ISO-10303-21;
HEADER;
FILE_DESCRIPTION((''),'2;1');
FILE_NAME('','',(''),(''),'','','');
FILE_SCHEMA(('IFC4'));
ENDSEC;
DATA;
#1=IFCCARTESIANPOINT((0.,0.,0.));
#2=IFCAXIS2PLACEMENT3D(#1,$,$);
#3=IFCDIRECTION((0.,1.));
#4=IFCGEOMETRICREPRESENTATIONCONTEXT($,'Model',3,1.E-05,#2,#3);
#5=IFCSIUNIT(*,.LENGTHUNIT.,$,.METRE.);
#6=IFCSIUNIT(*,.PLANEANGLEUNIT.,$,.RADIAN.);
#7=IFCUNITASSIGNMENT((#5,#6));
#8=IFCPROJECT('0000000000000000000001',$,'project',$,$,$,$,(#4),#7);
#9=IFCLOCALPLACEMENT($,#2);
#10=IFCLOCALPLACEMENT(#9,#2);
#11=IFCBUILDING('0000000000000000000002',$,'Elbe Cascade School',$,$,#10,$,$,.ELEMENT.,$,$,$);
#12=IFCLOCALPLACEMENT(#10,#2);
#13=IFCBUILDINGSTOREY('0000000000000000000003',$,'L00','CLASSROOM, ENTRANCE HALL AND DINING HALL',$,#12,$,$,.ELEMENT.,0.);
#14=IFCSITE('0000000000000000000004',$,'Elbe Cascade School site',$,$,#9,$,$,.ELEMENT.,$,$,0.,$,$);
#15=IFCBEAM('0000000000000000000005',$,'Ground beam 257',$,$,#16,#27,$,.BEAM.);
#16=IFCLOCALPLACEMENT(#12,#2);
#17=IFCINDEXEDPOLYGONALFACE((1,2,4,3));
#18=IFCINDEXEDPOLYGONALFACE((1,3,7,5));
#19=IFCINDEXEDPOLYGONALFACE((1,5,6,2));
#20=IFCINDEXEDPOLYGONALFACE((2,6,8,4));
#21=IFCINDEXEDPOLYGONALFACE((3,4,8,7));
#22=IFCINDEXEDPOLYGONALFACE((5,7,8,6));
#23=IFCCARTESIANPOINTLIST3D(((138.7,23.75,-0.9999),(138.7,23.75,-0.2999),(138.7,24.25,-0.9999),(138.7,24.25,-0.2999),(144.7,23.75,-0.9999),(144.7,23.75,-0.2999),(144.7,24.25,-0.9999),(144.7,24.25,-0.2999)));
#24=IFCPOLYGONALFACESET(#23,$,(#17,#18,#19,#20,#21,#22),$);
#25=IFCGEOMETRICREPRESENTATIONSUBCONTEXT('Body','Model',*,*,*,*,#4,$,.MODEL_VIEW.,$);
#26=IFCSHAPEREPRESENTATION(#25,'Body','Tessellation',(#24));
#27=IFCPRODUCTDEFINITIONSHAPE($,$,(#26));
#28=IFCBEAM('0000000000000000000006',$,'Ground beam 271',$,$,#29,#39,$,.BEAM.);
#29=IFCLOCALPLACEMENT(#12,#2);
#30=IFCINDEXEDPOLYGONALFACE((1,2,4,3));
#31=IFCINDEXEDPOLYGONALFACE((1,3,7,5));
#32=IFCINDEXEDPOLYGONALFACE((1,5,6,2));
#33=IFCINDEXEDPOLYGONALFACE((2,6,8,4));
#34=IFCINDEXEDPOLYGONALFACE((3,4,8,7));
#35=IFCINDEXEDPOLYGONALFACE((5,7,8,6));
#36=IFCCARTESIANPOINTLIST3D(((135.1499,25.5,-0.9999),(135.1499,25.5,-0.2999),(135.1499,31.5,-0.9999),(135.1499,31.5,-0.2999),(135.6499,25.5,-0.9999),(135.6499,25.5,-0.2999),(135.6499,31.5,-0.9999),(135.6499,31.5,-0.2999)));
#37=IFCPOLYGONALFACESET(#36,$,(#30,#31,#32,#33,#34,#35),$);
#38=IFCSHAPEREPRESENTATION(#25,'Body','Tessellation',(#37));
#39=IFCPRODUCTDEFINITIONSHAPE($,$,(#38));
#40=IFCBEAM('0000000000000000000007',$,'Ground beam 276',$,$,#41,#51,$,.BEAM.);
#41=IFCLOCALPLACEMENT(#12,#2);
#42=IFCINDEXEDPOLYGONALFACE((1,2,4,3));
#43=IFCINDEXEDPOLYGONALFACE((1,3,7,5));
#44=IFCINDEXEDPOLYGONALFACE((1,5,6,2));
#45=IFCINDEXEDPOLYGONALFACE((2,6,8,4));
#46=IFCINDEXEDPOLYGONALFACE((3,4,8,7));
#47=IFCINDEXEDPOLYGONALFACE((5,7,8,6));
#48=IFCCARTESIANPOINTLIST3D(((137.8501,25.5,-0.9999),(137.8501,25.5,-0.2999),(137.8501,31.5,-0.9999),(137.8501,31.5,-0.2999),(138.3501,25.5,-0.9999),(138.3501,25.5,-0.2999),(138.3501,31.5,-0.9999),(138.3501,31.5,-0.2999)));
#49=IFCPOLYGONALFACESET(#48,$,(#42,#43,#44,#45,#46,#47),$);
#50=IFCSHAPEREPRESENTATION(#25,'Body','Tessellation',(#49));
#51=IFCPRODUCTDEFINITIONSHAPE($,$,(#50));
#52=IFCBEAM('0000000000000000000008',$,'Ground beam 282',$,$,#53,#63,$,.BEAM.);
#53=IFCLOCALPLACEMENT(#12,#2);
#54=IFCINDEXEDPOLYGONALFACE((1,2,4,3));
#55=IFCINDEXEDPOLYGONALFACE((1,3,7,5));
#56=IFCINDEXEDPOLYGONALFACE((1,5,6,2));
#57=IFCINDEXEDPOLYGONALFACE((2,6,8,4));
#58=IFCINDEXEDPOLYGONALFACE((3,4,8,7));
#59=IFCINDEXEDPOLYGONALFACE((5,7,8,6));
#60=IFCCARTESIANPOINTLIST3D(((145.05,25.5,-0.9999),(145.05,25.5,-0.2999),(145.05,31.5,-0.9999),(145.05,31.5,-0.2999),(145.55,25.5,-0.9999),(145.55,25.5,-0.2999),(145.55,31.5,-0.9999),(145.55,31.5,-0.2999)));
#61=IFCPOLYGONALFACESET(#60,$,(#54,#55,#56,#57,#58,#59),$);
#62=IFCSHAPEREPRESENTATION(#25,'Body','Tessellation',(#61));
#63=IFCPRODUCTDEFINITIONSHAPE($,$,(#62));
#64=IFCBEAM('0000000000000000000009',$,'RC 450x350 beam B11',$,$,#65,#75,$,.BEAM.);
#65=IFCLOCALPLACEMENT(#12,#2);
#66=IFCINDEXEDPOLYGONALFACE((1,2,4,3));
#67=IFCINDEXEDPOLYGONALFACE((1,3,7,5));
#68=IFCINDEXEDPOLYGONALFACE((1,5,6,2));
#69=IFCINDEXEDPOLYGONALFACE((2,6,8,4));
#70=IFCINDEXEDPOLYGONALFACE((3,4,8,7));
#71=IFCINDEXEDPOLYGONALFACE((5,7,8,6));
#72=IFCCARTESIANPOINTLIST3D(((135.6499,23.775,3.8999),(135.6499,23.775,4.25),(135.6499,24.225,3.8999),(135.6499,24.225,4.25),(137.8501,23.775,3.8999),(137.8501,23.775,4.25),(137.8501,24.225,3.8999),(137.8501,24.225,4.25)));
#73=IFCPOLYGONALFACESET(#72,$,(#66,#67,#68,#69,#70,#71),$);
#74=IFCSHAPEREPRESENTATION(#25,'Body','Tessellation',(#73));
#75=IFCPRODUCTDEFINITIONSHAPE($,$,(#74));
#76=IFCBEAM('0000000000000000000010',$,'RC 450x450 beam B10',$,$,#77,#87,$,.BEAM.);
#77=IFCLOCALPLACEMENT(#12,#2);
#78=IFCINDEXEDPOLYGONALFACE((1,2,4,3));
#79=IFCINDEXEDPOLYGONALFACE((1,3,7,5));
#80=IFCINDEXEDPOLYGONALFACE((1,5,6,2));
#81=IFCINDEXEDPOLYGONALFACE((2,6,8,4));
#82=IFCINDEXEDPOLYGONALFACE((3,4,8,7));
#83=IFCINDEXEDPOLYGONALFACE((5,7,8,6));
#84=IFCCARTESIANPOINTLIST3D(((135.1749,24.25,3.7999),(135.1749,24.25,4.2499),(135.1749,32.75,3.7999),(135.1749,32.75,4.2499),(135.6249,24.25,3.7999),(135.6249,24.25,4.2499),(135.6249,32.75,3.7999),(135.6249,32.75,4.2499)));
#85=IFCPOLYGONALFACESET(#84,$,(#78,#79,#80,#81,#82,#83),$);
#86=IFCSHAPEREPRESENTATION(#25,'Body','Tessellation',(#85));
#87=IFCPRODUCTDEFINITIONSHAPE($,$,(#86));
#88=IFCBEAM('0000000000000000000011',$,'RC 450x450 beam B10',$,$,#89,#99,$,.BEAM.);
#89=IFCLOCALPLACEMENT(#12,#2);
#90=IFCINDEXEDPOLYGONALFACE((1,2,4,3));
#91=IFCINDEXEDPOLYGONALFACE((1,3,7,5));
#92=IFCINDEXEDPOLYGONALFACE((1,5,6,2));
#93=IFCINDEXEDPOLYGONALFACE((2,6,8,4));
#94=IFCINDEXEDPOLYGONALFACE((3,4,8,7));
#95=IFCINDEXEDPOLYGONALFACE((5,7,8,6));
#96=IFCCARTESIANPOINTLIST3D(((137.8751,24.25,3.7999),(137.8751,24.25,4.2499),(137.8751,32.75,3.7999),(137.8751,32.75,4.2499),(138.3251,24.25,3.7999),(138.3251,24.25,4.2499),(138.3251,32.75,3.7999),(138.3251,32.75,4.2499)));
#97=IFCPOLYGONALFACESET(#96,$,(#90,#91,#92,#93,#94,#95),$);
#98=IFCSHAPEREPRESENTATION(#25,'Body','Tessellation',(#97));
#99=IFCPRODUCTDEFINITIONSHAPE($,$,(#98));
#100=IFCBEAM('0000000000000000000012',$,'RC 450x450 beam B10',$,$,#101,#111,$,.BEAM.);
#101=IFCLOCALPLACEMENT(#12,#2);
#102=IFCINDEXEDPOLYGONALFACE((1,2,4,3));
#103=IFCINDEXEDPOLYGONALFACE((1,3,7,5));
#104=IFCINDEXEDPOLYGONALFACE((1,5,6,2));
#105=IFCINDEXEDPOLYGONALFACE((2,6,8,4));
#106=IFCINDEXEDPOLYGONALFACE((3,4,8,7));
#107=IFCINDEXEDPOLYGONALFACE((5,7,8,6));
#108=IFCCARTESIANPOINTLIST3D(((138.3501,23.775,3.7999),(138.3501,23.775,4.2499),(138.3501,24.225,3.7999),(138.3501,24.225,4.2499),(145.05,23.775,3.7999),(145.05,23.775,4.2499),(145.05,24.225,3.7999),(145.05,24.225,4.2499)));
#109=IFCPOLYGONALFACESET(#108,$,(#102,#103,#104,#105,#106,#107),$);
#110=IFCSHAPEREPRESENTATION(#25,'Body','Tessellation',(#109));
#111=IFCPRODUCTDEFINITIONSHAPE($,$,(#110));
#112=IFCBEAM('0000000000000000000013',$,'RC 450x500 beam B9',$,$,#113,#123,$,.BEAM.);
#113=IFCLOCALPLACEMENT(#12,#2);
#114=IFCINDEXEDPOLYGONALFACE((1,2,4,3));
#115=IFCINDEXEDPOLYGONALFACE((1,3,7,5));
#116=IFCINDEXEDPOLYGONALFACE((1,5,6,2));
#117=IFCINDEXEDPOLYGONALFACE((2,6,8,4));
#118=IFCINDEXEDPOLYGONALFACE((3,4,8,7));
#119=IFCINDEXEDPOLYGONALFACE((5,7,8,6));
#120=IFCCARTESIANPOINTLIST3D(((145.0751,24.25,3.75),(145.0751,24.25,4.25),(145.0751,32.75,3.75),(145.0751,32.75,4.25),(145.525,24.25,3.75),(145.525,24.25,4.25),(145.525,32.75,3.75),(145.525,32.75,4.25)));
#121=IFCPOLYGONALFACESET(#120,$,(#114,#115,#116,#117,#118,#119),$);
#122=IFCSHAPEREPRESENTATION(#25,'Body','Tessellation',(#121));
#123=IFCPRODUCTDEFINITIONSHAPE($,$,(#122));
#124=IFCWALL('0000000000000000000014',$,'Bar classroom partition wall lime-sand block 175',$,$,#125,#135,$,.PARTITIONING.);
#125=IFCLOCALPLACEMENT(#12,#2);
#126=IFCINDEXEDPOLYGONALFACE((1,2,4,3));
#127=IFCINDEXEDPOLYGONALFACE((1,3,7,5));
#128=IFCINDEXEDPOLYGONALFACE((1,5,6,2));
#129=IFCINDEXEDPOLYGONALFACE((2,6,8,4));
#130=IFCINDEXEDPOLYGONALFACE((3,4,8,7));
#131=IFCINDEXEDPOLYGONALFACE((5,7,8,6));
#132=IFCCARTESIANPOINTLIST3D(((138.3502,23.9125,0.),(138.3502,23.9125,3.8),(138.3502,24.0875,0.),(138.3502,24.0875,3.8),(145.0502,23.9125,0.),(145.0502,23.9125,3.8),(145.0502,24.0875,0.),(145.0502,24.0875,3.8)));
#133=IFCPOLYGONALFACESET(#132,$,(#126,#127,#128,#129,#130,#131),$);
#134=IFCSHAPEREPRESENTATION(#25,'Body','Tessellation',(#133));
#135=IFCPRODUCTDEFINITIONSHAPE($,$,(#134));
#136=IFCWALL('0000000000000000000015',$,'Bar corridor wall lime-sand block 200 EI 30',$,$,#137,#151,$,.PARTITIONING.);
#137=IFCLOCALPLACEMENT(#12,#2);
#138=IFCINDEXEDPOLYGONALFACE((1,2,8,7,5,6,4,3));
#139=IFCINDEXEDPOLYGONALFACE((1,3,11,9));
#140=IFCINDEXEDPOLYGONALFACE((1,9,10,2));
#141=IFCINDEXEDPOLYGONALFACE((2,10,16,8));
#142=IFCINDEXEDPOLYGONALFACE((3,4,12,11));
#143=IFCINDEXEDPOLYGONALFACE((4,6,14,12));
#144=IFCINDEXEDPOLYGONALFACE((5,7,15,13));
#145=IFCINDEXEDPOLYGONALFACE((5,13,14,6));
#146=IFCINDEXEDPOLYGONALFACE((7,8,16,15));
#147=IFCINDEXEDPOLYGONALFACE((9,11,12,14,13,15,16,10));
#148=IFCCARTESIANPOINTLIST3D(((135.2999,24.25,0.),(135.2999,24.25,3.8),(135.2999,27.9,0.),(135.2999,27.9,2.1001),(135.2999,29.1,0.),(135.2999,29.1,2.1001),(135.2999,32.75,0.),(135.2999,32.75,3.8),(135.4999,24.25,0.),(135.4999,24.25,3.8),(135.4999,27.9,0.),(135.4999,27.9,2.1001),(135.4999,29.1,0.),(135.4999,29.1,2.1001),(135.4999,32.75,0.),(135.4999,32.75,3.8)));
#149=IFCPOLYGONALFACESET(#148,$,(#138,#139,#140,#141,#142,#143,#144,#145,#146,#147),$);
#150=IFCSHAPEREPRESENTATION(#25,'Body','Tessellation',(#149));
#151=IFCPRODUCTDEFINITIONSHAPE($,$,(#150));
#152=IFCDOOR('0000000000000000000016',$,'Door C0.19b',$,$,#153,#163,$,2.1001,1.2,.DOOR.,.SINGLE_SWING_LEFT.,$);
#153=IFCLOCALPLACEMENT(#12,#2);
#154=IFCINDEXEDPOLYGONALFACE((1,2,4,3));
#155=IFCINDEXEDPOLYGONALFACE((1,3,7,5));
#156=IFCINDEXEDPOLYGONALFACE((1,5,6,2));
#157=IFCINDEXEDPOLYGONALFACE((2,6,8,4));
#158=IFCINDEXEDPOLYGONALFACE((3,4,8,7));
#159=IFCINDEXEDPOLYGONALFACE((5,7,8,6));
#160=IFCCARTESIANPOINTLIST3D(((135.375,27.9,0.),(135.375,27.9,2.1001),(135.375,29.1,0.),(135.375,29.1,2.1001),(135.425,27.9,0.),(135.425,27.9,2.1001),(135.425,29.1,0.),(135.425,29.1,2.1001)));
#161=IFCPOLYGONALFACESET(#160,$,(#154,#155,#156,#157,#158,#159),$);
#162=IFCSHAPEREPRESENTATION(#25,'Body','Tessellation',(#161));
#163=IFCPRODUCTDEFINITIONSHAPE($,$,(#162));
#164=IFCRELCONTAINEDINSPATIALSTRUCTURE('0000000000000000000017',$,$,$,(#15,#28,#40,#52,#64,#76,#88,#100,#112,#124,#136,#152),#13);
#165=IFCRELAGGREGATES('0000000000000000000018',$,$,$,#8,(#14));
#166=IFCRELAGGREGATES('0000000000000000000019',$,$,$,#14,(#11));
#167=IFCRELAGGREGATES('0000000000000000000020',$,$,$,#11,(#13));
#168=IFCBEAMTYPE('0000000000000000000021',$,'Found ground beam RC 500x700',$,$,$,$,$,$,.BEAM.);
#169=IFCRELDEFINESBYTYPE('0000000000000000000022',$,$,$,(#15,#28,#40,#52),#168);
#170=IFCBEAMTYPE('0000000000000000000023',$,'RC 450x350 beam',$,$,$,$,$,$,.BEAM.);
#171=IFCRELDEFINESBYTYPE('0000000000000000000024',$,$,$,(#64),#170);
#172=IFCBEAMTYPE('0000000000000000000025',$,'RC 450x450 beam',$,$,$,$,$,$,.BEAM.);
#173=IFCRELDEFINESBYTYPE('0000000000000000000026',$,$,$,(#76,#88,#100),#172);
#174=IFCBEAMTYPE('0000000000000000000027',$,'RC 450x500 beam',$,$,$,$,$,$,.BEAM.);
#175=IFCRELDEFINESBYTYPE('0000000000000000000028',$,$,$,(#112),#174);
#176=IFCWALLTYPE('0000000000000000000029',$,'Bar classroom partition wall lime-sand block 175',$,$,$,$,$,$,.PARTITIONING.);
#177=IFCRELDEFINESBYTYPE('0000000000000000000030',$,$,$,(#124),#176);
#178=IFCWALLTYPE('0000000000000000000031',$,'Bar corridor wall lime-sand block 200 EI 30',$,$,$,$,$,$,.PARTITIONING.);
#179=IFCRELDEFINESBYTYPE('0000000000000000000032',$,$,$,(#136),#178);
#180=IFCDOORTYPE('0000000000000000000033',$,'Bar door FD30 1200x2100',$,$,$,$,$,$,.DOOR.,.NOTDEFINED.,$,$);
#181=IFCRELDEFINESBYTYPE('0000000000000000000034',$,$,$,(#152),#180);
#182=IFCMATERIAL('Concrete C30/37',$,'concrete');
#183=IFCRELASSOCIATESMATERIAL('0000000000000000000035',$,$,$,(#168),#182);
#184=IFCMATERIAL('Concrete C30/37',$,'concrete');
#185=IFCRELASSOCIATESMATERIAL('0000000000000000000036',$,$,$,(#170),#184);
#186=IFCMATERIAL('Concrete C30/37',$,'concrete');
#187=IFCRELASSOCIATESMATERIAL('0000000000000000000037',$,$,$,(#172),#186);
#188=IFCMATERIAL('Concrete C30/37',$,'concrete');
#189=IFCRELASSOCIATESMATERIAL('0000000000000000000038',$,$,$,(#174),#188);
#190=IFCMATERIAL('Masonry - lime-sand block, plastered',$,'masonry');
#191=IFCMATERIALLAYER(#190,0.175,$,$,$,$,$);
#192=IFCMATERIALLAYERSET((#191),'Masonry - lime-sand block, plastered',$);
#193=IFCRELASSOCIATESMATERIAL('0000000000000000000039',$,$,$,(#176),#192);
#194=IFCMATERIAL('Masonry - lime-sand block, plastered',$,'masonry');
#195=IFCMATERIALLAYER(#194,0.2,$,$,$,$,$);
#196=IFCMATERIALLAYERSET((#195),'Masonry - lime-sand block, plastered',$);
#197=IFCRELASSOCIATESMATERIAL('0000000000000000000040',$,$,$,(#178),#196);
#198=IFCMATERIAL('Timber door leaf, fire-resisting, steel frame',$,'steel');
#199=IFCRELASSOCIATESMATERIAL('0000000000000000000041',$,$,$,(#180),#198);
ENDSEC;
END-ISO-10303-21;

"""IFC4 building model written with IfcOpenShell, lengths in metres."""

from ifc_helpers import new_model, si_unit, direction, frame, frame_2d, origin, origin_2d, place, context, subcontext, project, spatial, rectangle, extrude, material, layer, layer_set, material_profile, profile_set, type_object, element, fill, save


model = new_model("IFC4")

# Units and contexts
model_context = context("Model", 3, precision=1e-05, world=origin(), true_north=direction((0.0, 1.0)))
body_context = subcontext(model_context, "Body", "Model", "MODEL_VIEW")
ifc_project = project(units=[si_unit("LENGTHUNIT", "METRE"), si_unit("PLANEANGLEUNIT", "RADIAN")], contexts=[model_context])

# Site, building, storey
site_placement = place(None, origin())
site = spatial("IfcSite", under=ifc_project, at=site_placement, Name="Elbe Cascade School site", CompositionType="ELEMENT", RefElevation=0.0)
building_placement = place(site_placement, origin())
building = spatial("IfcBuilding", under=site, at=building_placement, Name="Elbe Cascade School", CompositionType="ELEMENT")
storey_placement = place(building_placement, origin())
storey = spatial("IfcBuildingStorey", under=building, at=storey_placement, Name="L00", Description="CLASSROOM, ENTRANCE HALL AND DINING HALL", CompositionType="ELEMENT", Elevation=0.0)

# Beams
ifc_material_1 = material(Name="Concrete C30/37", Category="concrete")
ifc_material_profile_1 = material_profile(ifc_material_1, rectangle(XDim=0.5, YDim=0.7, at=origin_2d()), Name="RC 500x700")
ifc_profile_set_1 = profile_set([ifc_material_profile_1], Name="Concrete C30/37")
beam_type_1 = type_object("IfcBeamType", Name="Found ground beam RC 500x700", PredefinedType="BEAM", material=ifc_profile_set_1)
for number, where, z_axis, x_axis, name in (
    (1, (138.7, 24.0, -0.6499), (1.0, 0.0, 0.0), (0.0, 1.0, 0.0), "Ground beam 257"),
    (2, (135.3999, 25.5, -0.6499), (0.0, 1.0, 0.0), (-1.0, 0.0, 0.0), "Ground beam 271"),
    (3, (138.1001, 25.5, -0.6499), (0.0, 1.0, 0.0), (-1.0, 0.0, 0.0), "Ground beam 276"),
    (4, (145.3, 25.5, -0.6499), (0.0, 1.0, 0.0), (-1.0, 0.0, 0.0), "Ground beam 282"),
):
    element("IfcBeam", number, at=place(storey_placement, frame(where, z_axis=z_axis, x_axis=x_axis)), inside=storey, type_object=beam_type_1, Name=name, PredefinedType="BEAM", context=body_context, shape_type="SweptSolid", body=[
        extrude(rectangle(XDim=0.5, YDim=0.7, at=origin_2d()), origin(), (0.0, 0.0, 1.0), 6.0),
    ])
ifc_material_2 = material(Name="Concrete C30/37", Category="concrete")
ifc_material_profile_2 = material_profile(ifc_material_2, rectangle(XDim=0.45, YDim=0.3501, at=origin_2d()), Name="RC 450x350")
ifc_profile_set_2 = profile_set([ifc_material_profile_2], Name="Concrete C30/37")
beam_type_2 = type_object("IfcBeamType", Name="RC 450x350 beam", PredefinedType="BEAM", material=ifc_profile_set_2)
beam_1_placement = place(storey_placement, frame((135.6499, 24.0, 4.075), z_axis=(1.0, 0.0, 0.0), x_axis=(0.0, 1.0, 0.0)))
element("IfcBeam", 5, at=beam_1_placement, inside=storey, type_object=beam_type_2, Name="RC 450x350 beam B11", PredefinedType="BEAM", context=body_context, shape_type="SweptSolid", body=[
    extrude(rectangle(XDim=0.45, YDim=0.3501, at=origin_2d()), origin(), (0.0, 0.0, 1.0), 2.2002),
])
ifc_material_3 = material(Name="Concrete C30/37", Category="concrete")
ifc_material_profile_3 = material_profile(ifc_material_3, rectangle(XDim=0.45, YDim=0.45, at=origin_2d()), Name="RC 450x450")
ifc_profile_set_3 = profile_set([ifc_material_profile_3], Name="Concrete C30/37")
beam_type_3 = type_object("IfcBeamType", Name="RC 450x450 beam", PredefinedType="BEAM", material=ifc_profile_set_3)
for number, where, z_axis, x_axis, name in (
    (6, (135.3999, 24.25, 4.0249), (0.0, 1.0, 0.0), (-1.0, 0.0, 0.0), "RC 450x450 beam B10"),
    (7, (138.1001, 24.25, 4.0249), (0.0, 1.0, 0.0), (-1.0, 0.0, 0.0), "RC 450x450 beam B10"),
):
    element("IfcBeam", number, at=place(storey_placement, frame(where, z_axis=z_axis, x_axis=x_axis)), inside=storey, type_object=beam_type_3, Name=name, PredefinedType="BEAM", context=body_context, shape_type="SweptSolid", body=[
        extrude(rectangle(XDim=0.45, YDim=0.45, at=origin_2d()), origin(), (0.0, 0.0, 1.0), 8.5),
    ])
beam_2_placement = place(storey_placement, frame((138.3501, 24.0, 4.0249), z_axis=(1.0, 0.0, 0.0), x_axis=(0.0, 1.0, 0.0)))
element("IfcBeam", 8, at=beam_2_placement, inside=storey, type_object=beam_type_3, Name="RC 450x450 beam B10", PredefinedType="BEAM", context=body_context, shape_type="SweptSolid", body=[
    extrude(rectangle(XDim=0.45, YDim=0.45, at=origin_2d()), origin(), (0.0, 0.0, 1.0), 6.7),
])
ifc_material_4 = material(Name="Concrete C30/37", Category="concrete")
ifc_material_profile_4 = material_profile(ifc_material_4, rectangle(XDim=0.45, YDim=0.5, at=origin_2d()), Name="RC 450x500")
ifc_profile_set_4 = profile_set([ifc_material_profile_4], Name="Concrete C30/37")
beam_type_4 = type_object("IfcBeamType", Name="RC 450x500 beam", PredefinedType="BEAM", material=ifc_profile_set_4)
beam_3_placement = place(storey_placement, frame((145.3, 24.25, 4.0), z_axis=(0.0, 1.0, 0.0), x_axis=(-1.0, 0.0, 0.0)))
element("IfcBeam", 9, at=beam_3_placement, inside=storey, type_object=beam_type_4, Name="RC 450x500 beam B9", PredefinedType="BEAM", context=body_context, shape_type="SweptSolid", body=[
    extrude(rectangle(XDim=0.45, YDim=0.5, at=origin_2d()), origin(), (0.0, 0.0, 1.0), 8.5),
])

# Wall
ifc_material_5 = material(Name="Masonry - lime-sand block, plastered", Category="masonry")
ifc_layer_1 = layer(ifc_material_5, 0.175)
ifc_layer_set_1 = layer_set([ifc_layer_1], Name="Masonry - lime-sand block, plastered")
wall_type_1 = type_object("IfcWallType", Name="Bar classroom partition wall lime-sand block 175", PredefinedType="PARTITIONING", material=ifc_layer_set_1)
wall_1_placement = place(storey_placement, frame((138.3501, 24.0, 0.0), z_axis=(0.0, 0.0, 1.0), x_axis=(1.0, 0.0, 0.0)))
element("IfcWall", 10, at=wall_1_placement, inside=storey, type_object=wall_type_1, Name="Bar classroom partition wall lime-sand block 175", PredefinedType="PARTITIONING", context=body_context, shape_type="SweptSolid", body=[
    extrude(rectangle(XDim=6.7, YDim=0.175, at=frame_2d((3.3501, 0.0))), origin(), (0.0, 0.0, 1.0), 3.8),
])

# Wall, opening, door
ifc_material_6 = material(Name="Masonry - lime-sand block, plastered", Category="masonry")
ifc_layer_2 = layer(ifc_material_6, 0.2)
ifc_layer_set_2 = layer_set([ifc_layer_2], Name="Masonry - lime-sand block, plastered")
wall_type_2 = type_object("IfcWallType", Name="Bar corridor wall lime-sand block 200 EI 30", PredefinedType="PARTITIONING", material=ifc_layer_set_2)
wall_2_placement = place(storey_placement, frame((135.3999, 24.25, 0.0), z_axis=(0.0, 0.0, 1.0), x_axis=(0.0, 1.0, 0.0)))
wall_2 = element("IfcWall", 11, at=wall_2_placement, inside=storey, type_object=wall_type_2, Name="Bar corridor wall lime-sand block 200 EI 30", PredefinedType="PARTITIONING", context=body_context, shape_type="SweptSolid", body=[
    extrude(rectangle(XDim=8.5, YDim=0.2, at=frame_2d((4.25, 0.0))), origin(), (0.0, 0.0, 1.0), 3.8),
])
opening_1_placement = place(wall_2_placement, frame((3.6499, 0.0, 0.0)))
opening_1 = element("IfcOpeningElement", 12, at=opening_1_placement, cuts=wall_2, PredefinedType="OPENING", context=body_context, shape_type="SweptSolid", body=[
    extrude(rectangle(XDim=1.2, YDim=2.1001, at=frame_2d((0.6001, 1.05))), frame((0.0, 0.1099, 0.0), z_axis=(0.0, -1.0, 0.0), x_axis=(1.0, 0.0, 0.0)), (0.0, 0.0, 1.0), 0.22),
])
ifc_material_7 = material(Name="Timber door leaf, fire-resisting, steel frame", Category="steel")
door_type_1 = type_object("IfcDoorType", Name="Bar door FD30 1200x2100", OperationType="NOTDEFINED", PredefinedType="DOOR", material=ifc_material_7)
door_1_placement = place(opening_1_placement, origin())
door_1 = element("IfcDoor", 13, at=door_1_placement, inside=storey, type_object=door_type_1, Name="Door C0.19b", OperationType="SINGLE_SWING_LEFT", OverallHeight=2.1001, OverallWidth=1.2, PredefinedType="DOOR", context=body_context, shape_type="SweptSolid", body=[
    extrude(rectangle(XDim=1.2, YDim=2.1001, at=frame_2d((0.6001, 1.05))), frame((0.0, 0.0249, 0.0), z_axis=(0.0, -1.0, 0.0), x_axis=(1.0, 0.0, 0.0)), (0.0, 0.0, 1.0), 0.05),
])
fill(opening_1, door_1)

save(model, "model.ifc")
